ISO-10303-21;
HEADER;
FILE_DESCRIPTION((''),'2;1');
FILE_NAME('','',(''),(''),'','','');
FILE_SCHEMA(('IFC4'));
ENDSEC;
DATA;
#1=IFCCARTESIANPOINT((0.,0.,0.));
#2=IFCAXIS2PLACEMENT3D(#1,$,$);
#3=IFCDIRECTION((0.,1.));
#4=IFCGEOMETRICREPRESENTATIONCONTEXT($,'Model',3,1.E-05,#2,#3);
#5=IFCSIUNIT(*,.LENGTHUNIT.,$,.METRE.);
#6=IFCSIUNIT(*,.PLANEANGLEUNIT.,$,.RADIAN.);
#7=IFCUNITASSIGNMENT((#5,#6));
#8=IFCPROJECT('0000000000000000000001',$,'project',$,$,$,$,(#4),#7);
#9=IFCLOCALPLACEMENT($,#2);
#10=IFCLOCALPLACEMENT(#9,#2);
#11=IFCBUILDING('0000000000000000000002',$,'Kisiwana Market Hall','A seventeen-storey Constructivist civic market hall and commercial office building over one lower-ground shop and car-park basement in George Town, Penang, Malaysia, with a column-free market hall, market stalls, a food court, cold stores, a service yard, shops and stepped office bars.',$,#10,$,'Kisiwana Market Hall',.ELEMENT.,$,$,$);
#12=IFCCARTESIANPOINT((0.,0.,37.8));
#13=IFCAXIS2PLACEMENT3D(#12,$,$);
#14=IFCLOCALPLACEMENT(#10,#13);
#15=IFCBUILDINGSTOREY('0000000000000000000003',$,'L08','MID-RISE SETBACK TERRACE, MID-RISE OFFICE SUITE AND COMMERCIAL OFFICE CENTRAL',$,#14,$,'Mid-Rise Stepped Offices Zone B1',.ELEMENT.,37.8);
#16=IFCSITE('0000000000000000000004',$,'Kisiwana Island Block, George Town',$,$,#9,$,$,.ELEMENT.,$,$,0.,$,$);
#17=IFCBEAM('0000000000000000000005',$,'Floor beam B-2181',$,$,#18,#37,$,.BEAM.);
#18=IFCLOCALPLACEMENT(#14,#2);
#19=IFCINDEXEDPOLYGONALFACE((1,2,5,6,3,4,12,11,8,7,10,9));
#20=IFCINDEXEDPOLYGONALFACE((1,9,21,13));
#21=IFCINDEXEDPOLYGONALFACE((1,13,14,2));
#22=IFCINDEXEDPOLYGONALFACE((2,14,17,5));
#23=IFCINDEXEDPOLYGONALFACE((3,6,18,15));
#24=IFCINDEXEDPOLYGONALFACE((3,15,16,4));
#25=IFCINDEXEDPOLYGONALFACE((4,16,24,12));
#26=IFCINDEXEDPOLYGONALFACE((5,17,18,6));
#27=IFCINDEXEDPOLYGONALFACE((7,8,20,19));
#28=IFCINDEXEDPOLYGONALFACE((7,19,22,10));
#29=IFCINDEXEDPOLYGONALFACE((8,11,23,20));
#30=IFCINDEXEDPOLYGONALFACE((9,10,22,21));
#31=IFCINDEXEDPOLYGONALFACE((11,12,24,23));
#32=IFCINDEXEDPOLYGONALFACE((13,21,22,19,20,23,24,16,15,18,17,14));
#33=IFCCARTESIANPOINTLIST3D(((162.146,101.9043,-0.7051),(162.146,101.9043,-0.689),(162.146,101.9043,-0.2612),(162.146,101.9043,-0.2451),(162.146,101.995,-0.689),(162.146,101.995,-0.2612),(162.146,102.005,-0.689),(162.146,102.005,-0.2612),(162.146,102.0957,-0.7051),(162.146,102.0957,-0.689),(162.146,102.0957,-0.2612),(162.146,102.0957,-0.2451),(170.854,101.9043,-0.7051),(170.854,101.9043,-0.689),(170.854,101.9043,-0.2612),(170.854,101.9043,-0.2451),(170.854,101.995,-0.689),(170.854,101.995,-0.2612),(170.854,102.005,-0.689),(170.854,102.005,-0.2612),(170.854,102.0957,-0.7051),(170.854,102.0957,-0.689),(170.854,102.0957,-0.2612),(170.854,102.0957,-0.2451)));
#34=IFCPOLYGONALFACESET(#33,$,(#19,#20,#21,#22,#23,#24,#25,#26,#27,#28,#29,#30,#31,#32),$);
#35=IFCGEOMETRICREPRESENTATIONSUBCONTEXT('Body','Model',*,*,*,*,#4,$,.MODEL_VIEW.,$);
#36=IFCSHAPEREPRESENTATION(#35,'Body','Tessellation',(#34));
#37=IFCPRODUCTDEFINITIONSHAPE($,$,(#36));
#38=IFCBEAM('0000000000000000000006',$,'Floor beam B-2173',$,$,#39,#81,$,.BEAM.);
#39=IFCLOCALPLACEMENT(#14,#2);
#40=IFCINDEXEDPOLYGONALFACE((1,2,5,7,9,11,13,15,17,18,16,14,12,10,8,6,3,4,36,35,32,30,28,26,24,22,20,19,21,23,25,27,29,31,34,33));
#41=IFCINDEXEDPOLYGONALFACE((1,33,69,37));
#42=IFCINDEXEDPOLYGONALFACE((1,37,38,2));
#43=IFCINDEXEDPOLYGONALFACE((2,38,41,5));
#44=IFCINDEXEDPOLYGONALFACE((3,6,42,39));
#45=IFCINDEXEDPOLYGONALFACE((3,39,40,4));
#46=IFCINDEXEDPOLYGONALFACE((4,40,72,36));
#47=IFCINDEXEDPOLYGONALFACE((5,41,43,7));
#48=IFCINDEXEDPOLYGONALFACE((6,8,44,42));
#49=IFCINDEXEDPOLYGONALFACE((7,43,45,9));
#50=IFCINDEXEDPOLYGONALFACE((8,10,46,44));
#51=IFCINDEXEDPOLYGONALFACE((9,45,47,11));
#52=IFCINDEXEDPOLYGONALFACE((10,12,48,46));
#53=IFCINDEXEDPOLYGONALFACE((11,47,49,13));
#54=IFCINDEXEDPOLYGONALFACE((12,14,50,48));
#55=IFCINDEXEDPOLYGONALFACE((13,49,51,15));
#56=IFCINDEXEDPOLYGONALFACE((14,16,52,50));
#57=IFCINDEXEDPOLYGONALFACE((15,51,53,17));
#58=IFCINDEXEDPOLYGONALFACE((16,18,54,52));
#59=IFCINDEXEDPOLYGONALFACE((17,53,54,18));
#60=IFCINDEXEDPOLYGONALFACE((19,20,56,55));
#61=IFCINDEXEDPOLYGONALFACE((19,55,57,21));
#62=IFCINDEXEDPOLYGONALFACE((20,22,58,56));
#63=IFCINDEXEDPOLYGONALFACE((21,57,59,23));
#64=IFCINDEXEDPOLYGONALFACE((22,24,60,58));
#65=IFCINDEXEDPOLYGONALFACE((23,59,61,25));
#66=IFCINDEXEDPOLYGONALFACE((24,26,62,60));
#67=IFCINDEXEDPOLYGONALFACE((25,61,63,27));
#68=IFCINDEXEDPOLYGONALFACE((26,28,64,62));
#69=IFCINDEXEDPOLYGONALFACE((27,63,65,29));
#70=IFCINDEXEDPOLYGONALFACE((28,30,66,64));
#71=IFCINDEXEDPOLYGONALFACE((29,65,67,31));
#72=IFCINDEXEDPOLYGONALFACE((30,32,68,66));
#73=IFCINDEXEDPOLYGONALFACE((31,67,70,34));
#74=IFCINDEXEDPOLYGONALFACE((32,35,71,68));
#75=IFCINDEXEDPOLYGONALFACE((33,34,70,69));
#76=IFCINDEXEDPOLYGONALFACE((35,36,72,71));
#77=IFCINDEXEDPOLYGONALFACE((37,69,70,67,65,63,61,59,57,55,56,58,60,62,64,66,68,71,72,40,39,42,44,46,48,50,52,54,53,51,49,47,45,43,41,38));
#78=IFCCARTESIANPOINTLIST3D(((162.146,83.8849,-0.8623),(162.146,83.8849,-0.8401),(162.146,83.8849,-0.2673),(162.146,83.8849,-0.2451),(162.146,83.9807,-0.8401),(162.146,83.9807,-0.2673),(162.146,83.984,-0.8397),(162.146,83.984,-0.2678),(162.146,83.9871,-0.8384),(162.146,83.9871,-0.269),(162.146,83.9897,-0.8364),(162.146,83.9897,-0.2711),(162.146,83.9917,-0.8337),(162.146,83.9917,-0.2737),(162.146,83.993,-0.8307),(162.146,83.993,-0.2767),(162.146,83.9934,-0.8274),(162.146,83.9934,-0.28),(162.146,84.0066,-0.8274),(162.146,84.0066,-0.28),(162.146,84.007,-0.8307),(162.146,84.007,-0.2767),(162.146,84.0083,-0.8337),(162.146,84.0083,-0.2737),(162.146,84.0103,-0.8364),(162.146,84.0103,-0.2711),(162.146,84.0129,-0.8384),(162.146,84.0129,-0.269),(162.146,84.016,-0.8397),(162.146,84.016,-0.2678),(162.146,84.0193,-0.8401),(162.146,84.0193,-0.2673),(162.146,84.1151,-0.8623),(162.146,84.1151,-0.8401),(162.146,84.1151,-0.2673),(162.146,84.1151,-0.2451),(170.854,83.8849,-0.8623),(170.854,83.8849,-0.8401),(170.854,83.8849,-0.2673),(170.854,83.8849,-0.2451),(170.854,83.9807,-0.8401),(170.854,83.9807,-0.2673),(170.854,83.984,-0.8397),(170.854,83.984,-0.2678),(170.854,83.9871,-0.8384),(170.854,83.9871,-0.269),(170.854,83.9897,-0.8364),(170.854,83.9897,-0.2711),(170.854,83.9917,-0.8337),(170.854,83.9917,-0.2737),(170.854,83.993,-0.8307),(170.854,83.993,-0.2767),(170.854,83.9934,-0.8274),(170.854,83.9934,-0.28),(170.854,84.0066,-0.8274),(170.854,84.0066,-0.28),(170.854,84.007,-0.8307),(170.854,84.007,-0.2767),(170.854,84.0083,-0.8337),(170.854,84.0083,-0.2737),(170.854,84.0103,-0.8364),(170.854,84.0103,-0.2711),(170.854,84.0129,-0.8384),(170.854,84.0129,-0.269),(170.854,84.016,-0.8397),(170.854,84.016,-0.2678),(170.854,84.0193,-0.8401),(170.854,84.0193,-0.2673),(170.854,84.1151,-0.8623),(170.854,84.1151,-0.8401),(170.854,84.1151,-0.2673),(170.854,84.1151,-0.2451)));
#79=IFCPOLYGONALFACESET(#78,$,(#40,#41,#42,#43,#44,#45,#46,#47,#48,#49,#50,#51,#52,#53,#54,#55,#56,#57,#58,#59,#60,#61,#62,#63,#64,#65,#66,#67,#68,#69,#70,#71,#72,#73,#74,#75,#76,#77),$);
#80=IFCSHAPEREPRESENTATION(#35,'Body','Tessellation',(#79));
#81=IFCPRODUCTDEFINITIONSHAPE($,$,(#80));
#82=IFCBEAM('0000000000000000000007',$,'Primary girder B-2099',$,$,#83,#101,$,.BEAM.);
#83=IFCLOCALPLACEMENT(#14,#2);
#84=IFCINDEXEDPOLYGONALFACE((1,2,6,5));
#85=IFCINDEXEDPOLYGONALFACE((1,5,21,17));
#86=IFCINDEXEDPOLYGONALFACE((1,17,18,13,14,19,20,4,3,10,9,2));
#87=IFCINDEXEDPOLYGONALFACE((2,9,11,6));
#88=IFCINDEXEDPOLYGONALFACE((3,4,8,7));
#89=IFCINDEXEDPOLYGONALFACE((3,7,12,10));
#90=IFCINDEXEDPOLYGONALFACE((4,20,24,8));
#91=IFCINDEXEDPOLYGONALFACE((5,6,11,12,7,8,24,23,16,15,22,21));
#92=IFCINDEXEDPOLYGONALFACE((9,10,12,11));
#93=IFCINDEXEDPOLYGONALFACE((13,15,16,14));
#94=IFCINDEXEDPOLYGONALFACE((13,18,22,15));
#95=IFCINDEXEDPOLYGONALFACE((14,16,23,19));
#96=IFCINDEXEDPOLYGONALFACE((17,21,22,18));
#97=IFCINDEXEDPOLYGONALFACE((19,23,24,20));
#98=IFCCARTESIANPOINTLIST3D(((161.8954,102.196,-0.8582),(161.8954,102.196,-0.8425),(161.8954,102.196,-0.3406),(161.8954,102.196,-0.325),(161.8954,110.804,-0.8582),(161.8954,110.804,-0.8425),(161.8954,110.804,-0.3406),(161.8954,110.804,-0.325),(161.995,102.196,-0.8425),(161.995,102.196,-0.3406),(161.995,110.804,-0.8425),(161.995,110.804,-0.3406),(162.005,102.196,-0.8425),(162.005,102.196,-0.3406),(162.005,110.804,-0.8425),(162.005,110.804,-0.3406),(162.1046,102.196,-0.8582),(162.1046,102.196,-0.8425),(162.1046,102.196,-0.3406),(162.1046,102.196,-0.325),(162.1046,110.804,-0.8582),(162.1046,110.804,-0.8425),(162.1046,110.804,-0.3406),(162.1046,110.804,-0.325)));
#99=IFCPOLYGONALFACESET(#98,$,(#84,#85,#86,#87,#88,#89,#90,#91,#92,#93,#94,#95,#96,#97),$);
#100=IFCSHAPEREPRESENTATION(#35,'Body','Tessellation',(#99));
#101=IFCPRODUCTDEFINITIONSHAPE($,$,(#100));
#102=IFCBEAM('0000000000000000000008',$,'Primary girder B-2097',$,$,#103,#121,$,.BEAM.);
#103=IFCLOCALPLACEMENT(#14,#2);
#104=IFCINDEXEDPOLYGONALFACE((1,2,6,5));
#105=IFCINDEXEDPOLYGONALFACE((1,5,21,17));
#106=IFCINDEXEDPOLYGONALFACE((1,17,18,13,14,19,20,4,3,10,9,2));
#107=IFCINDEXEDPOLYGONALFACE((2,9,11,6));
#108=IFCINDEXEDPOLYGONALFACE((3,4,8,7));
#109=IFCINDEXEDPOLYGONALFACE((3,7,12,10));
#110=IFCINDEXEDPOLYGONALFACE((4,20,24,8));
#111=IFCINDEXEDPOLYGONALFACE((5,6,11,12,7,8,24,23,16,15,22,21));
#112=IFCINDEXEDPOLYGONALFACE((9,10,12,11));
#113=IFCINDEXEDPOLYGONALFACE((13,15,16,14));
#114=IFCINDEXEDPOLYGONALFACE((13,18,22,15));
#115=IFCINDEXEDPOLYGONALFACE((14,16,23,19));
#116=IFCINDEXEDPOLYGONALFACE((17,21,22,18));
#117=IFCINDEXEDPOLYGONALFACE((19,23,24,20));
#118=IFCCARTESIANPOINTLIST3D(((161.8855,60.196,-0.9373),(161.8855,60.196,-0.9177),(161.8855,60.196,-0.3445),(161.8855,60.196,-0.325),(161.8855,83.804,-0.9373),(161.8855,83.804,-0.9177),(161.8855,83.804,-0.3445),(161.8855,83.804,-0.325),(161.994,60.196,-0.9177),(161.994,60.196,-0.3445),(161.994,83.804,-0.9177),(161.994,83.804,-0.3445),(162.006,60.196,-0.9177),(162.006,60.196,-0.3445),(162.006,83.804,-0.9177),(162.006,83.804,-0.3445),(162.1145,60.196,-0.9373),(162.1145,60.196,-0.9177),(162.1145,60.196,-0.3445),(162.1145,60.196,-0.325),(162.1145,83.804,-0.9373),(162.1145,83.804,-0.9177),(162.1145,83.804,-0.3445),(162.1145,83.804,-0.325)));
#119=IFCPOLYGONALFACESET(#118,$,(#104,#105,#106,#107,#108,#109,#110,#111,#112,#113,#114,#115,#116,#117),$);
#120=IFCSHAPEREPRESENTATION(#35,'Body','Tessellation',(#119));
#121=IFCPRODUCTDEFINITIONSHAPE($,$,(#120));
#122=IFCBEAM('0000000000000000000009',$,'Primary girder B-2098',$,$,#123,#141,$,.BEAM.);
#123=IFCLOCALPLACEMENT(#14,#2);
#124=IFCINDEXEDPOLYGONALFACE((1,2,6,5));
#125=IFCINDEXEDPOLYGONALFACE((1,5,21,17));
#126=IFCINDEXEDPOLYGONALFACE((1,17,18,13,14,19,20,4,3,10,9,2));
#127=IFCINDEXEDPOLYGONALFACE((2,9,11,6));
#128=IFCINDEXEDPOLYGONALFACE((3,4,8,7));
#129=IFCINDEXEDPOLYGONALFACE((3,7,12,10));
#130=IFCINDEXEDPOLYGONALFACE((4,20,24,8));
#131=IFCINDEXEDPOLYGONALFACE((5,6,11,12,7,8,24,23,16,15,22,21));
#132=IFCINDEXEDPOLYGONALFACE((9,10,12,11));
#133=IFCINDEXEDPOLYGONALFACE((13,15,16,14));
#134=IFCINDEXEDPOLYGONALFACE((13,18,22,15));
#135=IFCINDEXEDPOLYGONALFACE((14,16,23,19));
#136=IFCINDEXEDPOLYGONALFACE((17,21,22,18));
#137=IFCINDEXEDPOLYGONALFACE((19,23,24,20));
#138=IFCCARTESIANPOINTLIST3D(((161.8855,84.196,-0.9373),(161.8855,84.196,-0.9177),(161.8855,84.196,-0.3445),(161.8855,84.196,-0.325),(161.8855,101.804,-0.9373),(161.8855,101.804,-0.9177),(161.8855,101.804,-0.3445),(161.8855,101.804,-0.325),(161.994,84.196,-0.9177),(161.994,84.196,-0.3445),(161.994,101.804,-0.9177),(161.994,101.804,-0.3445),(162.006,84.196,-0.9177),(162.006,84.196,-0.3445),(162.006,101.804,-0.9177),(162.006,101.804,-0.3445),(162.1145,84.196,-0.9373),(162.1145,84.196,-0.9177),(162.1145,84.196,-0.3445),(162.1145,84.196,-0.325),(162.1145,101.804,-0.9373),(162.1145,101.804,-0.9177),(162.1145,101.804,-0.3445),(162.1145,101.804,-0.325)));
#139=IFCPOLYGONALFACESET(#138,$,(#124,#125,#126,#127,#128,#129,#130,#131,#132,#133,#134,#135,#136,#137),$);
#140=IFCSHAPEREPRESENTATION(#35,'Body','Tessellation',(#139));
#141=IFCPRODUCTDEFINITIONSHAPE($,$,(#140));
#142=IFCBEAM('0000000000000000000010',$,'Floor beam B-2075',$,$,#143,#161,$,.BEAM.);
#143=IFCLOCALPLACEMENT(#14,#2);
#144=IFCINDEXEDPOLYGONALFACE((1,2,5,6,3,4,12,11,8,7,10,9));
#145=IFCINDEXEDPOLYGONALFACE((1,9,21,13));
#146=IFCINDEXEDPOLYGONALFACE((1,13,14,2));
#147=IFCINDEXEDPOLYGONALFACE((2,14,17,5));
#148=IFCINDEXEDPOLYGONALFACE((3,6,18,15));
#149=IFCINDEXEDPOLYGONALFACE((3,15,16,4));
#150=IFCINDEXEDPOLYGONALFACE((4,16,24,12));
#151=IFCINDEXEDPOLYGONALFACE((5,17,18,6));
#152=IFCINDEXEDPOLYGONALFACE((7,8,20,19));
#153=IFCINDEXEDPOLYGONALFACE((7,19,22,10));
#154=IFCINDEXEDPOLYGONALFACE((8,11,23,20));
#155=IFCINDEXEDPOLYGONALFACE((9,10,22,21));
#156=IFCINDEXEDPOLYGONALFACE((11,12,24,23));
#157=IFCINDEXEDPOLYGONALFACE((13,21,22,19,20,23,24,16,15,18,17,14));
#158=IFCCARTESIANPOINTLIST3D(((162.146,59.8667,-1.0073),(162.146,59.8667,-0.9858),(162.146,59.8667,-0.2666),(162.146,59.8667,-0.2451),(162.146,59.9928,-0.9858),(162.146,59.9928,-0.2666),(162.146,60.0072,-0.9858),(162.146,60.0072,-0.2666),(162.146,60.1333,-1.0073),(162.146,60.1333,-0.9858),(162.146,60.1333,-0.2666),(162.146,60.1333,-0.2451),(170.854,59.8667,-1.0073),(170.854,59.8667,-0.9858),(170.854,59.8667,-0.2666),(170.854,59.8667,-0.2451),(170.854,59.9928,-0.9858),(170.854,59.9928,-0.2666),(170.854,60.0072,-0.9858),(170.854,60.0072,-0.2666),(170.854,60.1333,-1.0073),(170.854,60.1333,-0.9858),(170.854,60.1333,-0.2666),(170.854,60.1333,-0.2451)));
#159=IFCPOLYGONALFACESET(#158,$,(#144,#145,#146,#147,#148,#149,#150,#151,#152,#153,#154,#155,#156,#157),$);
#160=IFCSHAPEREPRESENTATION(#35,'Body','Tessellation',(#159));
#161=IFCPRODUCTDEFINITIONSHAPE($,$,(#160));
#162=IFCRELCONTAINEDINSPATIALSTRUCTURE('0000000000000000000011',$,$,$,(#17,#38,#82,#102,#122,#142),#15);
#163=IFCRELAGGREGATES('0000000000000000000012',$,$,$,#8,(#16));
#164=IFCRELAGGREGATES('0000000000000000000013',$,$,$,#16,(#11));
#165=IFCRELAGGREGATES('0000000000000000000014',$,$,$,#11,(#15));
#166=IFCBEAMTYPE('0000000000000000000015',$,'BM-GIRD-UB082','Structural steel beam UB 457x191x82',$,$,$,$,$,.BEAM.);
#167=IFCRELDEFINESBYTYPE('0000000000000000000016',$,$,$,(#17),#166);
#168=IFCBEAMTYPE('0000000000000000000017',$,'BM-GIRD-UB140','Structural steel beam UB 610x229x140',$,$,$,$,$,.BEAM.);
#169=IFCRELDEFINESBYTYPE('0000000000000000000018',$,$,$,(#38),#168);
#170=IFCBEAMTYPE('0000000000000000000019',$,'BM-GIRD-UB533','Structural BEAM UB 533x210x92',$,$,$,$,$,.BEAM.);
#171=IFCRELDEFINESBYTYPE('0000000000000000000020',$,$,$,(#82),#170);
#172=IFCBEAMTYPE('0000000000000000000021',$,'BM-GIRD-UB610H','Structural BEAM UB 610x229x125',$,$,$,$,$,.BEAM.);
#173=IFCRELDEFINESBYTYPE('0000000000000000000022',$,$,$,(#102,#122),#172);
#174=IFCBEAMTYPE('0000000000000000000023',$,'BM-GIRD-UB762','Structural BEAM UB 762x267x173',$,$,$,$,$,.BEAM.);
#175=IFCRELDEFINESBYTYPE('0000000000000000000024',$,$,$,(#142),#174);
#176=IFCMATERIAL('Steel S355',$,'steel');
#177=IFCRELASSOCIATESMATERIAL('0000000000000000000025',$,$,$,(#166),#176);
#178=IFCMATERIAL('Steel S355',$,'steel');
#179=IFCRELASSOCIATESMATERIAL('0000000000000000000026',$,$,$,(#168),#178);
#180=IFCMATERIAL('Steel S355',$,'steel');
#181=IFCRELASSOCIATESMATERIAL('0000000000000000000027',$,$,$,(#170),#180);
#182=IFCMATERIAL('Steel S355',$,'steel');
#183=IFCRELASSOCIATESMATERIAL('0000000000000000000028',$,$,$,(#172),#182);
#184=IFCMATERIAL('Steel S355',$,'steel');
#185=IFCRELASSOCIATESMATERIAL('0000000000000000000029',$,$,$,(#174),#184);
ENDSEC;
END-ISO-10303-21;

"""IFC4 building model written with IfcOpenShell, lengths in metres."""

from ifc_helpers import new_model, si_unit, direction, frame, origin, origin_2d, place, context, subcontext, project, spatial, i_section, extrude, material, material_profile, profile_set, type_object, element, save


model = new_model("IFC4")

# Units and contexts
model_context = context("Model", 3, precision=1e-05, world=origin(), true_north=direction((0.0, 1.0)))
body_context = subcontext(model_context, "Body", "Model", "MODEL_VIEW")
ifc_project = project(units=[si_unit("LENGTHUNIT", "METRE"), si_unit("PLANEANGLEUNIT", "RADIAN")], contexts=[model_context])

# Site, building, storey
site_placement = place(None, origin())
site = spatial("IfcSite", under=ifc_project, at=site_placement, Name="Kisiwana Island Block, George Town", CompositionType="ELEMENT", RefElevation=0.0)
building_placement = place(site_placement, origin())
building = spatial("IfcBuilding", under=site, at=building_placement, Name="Kisiwana Market Hall", Description="A seventeen-storey Constructivist civic market hall and commercial office building over one lower-ground shop and car-park basement in George Town, Penang, Malaysia, with a column-free market hall, market stalls, a food court, cold stores, a service yard, shops and stepped office bars.", LongName="Kisiwana Market Hall", CompositionType="ELEMENT")
storey_placement = place(building_placement, frame((0.0, 0.0, 37.8)))
storey = spatial("IfcBuildingStorey", under=building, at=storey_placement, Name="L08", Description="MID-RISE SETBACK TERRACE, MID-RISE OFFICE SUITE AND COMMERCIAL OFFICE CENTRAL", LongName="Mid-Rise Stepped Offices Zone B1", CompositionType="ELEMENT", Elevation=37.8)

# Beams
ifc_material_1 = material(Name="Steel S355", Category="steel")
ifc_material_profile_1 = material_profile(ifc_material_1, i_section(OverallWidth=0.1914, OverallDepth=0.46, WebThickness=0.01, FlangeThickness=0.0161, at=origin_2d()), Name="UB 457x191x82")
ifc_profile_set_1 = profile_set([ifc_material_profile_1], Name="Steel S355")
beam_type_1 = type_object("IfcBeamType", Name="BM-GIRD-UB082", Description="Structural steel beam UB 457x191x82", PredefinedType="BEAM", material=ifc_profile_set_1)
beam_1_placement = place(storey_placement, frame((162.146, 102.0, -0.4751), z_axis=(1.0, 0.0, 0.0), x_axis=(0.0, 1.0, 0.0)))
element("IfcBeam", 1, at=beam_1_placement, inside=storey, type_object=beam_type_1, Name="Floor beam B-2181", PredefinedType="BEAM", context=body_context, shape_type="SweptSolid", body=[
    extrude(i_section(OverallWidth=0.1914, OverallDepth=0.46, WebThickness=0.01, FlangeThickness=0.0161, at=origin_2d()), origin(), (0.0, 0.0, 1.0), 8.708),
])
ifc_material_2 = material(Name="Steel S355", Category="steel")
ifc_material_profile_2 = material_profile(ifc_material_2, i_section(OverallWidth=0.2302, OverallDepth=0.6172, WebThickness=0.0132, FlangeThickness=0.0222, FilletRadius=0.0127, at=origin_2d()), Name="UB 610x229x140")
ifc_profile_set_2 = profile_set([ifc_material_profile_2], Name="Steel S355")
beam_type_2 = type_object("IfcBeamType", Name="BM-GIRD-UB140", Description="Structural steel beam UB 610x229x140", PredefinedType="BEAM", material=ifc_profile_set_2)
beam_2_placement = place(storey_placement, frame((162.146, 84.0, -0.5537), z_axis=(1.0, 0.0, 0.0), x_axis=(0.0, 1.0, 0.0)))
element("IfcBeam", 2, at=beam_2_placement, inside=storey, type_object=beam_type_2, Name="Floor beam B-2173", PredefinedType="BEAM", context=body_context, shape_type="SweptSolid", body=[
    extrude(i_section(OverallWidth=0.2302, OverallDepth=0.6172, WebThickness=0.0132, FlangeThickness=0.0222, FilletRadius=0.0127, at=origin_2d()), origin(), (0.0, 0.0, 1.0), 8.708),
])
ifc_material_3 = material(Name="Steel S355", Category="steel")
ifc_material_profile_3 = material_profile(ifc_material_3, i_section(OverallWidth=0.2092, OverallDepth=0.5332, WebThickness=0.01, FlangeThickness=0.0156, at=origin_2d()), Name="UB 533x210x92")
ifc_profile_set_3 = profile_set([ifc_material_profile_3], Name="Steel S355")
beam_type_3 = type_object("IfcBeamType", Name="BM-GIRD-UB533", Description="Structural BEAM UB 533x210x92", PredefinedType="BEAM", material=ifc_profile_set_3)
beam_3_placement = place(storey_placement, frame((162.0, 102.196, -0.5916), z_axis=(0.0, 1.0, 0.0), x_axis=(-1.0, 0.0, 0.0)))
element("IfcBeam", 3, at=beam_3_placement, inside=storey, type_object=beam_type_3, Name="Primary girder B-2099", PredefinedType="BEAM", context=body_context, shape_type="SweptSolid", body=[
    extrude(i_section(OverallWidth=0.2092, OverallDepth=0.5332, WebThickness=0.01, FlangeThickness=0.0156, at=origin_2d()), origin(), (0.0, 0.0, 1.0), 8.6079),
])
ifc_material_4 = material(Name="Steel S355", Category="steel")
ifc_material_profile_4 = material_profile(ifc_material_4, i_section(OverallWidth=0.229, OverallDepth=0.6123, WebThickness=0.012, FlangeThickness=0.0195, at=origin_2d()), Name="UB 610x229x125")
ifc_profile_set_4 = profile_set([ifc_material_profile_4], Name="Steel S355")
beam_type_4 = type_object("IfcBeamType", Name="BM-GIRD-UB610H", Description="Structural BEAM UB 610x229x125", PredefinedType="BEAM", material=ifc_profile_set_4)
beam_4_placement = place(storey_placement, frame((162.0, 60.196, -0.6311), z_axis=(0.0, 1.0, 0.0), x_axis=(-1.0, 0.0, 0.0)))
element("IfcBeam", 4, at=beam_4_placement, inside=storey, type_object=beam_type_4, Name="Primary girder B-2097", PredefinedType="BEAM", context=body_context, shape_type="SweptSolid", body=[
    extrude(i_section(OverallWidth=0.229, OverallDepth=0.6123, WebThickness=0.012, FlangeThickness=0.0195, at=origin_2d()), origin(), (0.0, 0.0, 1.0), 23.6079),
])
beam_5_placement = place(storey_placement, frame((162.0, 84.196, -0.6311), z_axis=(0.0, 1.0, 0.0), x_axis=(-1.0, 0.0, 0.0)))
element("IfcBeam", 5, at=beam_5_placement, inside=storey, type_object=beam_type_4, Name="Primary girder B-2098", PredefinedType="BEAM", context=body_context, shape_type="SweptSolid", body=[
    extrude(i_section(OverallWidth=0.229, OverallDepth=0.6123, WebThickness=0.012, FlangeThickness=0.0195, at=origin_2d()), origin(), (0.0, 0.0, 1.0), 17.6079),
])
ifc_material_5 = material(Name="Steel S355", Category="steel")
ifc_material_profile_5 = material_profile(ifc_material_5, i_section(OverallWidth=0.2666, OverallDepth=0.7622, WebThickness=0.0144, FlangeThickness=0.0215, at=origin_2d()), Name="UB 762x267x173")
ifc_profile_set_5 = profile_set([ifc_material_profile_5], Name="Steel S355")
beam_type_5 = type_object("IfcBeamType", Name="BM-GIRD-UB762", Description="Structural BEAM UB 762x267x173", PredefinedType="BEAM", material=ifc_profile_set_5)
beam_6_placement = place(storey_placement, frame((162.146, 60.0, -0.6262), z_axis=(1.0, 0.0, 0.0), x_axis=(0.0, 1.0, 0.0)))
element("IfcBeam", 6, at=beam_6_placement, inside=storey, type_object=beam_type_5, Name="Floor beam B-2075", PredefinedType="BEAM", context=body_context, shape_type="SweptSolid", body=[
    extrude(i_section(OverallWidth=0.2666, OverallDepth=0.7622, WebThickness=0.0144, FlangeThickness=0.0215, at=origin_2d()), origin(), (0.0, 0.0, 1.0), 8.708),
])

save(model, "model.ifc")
